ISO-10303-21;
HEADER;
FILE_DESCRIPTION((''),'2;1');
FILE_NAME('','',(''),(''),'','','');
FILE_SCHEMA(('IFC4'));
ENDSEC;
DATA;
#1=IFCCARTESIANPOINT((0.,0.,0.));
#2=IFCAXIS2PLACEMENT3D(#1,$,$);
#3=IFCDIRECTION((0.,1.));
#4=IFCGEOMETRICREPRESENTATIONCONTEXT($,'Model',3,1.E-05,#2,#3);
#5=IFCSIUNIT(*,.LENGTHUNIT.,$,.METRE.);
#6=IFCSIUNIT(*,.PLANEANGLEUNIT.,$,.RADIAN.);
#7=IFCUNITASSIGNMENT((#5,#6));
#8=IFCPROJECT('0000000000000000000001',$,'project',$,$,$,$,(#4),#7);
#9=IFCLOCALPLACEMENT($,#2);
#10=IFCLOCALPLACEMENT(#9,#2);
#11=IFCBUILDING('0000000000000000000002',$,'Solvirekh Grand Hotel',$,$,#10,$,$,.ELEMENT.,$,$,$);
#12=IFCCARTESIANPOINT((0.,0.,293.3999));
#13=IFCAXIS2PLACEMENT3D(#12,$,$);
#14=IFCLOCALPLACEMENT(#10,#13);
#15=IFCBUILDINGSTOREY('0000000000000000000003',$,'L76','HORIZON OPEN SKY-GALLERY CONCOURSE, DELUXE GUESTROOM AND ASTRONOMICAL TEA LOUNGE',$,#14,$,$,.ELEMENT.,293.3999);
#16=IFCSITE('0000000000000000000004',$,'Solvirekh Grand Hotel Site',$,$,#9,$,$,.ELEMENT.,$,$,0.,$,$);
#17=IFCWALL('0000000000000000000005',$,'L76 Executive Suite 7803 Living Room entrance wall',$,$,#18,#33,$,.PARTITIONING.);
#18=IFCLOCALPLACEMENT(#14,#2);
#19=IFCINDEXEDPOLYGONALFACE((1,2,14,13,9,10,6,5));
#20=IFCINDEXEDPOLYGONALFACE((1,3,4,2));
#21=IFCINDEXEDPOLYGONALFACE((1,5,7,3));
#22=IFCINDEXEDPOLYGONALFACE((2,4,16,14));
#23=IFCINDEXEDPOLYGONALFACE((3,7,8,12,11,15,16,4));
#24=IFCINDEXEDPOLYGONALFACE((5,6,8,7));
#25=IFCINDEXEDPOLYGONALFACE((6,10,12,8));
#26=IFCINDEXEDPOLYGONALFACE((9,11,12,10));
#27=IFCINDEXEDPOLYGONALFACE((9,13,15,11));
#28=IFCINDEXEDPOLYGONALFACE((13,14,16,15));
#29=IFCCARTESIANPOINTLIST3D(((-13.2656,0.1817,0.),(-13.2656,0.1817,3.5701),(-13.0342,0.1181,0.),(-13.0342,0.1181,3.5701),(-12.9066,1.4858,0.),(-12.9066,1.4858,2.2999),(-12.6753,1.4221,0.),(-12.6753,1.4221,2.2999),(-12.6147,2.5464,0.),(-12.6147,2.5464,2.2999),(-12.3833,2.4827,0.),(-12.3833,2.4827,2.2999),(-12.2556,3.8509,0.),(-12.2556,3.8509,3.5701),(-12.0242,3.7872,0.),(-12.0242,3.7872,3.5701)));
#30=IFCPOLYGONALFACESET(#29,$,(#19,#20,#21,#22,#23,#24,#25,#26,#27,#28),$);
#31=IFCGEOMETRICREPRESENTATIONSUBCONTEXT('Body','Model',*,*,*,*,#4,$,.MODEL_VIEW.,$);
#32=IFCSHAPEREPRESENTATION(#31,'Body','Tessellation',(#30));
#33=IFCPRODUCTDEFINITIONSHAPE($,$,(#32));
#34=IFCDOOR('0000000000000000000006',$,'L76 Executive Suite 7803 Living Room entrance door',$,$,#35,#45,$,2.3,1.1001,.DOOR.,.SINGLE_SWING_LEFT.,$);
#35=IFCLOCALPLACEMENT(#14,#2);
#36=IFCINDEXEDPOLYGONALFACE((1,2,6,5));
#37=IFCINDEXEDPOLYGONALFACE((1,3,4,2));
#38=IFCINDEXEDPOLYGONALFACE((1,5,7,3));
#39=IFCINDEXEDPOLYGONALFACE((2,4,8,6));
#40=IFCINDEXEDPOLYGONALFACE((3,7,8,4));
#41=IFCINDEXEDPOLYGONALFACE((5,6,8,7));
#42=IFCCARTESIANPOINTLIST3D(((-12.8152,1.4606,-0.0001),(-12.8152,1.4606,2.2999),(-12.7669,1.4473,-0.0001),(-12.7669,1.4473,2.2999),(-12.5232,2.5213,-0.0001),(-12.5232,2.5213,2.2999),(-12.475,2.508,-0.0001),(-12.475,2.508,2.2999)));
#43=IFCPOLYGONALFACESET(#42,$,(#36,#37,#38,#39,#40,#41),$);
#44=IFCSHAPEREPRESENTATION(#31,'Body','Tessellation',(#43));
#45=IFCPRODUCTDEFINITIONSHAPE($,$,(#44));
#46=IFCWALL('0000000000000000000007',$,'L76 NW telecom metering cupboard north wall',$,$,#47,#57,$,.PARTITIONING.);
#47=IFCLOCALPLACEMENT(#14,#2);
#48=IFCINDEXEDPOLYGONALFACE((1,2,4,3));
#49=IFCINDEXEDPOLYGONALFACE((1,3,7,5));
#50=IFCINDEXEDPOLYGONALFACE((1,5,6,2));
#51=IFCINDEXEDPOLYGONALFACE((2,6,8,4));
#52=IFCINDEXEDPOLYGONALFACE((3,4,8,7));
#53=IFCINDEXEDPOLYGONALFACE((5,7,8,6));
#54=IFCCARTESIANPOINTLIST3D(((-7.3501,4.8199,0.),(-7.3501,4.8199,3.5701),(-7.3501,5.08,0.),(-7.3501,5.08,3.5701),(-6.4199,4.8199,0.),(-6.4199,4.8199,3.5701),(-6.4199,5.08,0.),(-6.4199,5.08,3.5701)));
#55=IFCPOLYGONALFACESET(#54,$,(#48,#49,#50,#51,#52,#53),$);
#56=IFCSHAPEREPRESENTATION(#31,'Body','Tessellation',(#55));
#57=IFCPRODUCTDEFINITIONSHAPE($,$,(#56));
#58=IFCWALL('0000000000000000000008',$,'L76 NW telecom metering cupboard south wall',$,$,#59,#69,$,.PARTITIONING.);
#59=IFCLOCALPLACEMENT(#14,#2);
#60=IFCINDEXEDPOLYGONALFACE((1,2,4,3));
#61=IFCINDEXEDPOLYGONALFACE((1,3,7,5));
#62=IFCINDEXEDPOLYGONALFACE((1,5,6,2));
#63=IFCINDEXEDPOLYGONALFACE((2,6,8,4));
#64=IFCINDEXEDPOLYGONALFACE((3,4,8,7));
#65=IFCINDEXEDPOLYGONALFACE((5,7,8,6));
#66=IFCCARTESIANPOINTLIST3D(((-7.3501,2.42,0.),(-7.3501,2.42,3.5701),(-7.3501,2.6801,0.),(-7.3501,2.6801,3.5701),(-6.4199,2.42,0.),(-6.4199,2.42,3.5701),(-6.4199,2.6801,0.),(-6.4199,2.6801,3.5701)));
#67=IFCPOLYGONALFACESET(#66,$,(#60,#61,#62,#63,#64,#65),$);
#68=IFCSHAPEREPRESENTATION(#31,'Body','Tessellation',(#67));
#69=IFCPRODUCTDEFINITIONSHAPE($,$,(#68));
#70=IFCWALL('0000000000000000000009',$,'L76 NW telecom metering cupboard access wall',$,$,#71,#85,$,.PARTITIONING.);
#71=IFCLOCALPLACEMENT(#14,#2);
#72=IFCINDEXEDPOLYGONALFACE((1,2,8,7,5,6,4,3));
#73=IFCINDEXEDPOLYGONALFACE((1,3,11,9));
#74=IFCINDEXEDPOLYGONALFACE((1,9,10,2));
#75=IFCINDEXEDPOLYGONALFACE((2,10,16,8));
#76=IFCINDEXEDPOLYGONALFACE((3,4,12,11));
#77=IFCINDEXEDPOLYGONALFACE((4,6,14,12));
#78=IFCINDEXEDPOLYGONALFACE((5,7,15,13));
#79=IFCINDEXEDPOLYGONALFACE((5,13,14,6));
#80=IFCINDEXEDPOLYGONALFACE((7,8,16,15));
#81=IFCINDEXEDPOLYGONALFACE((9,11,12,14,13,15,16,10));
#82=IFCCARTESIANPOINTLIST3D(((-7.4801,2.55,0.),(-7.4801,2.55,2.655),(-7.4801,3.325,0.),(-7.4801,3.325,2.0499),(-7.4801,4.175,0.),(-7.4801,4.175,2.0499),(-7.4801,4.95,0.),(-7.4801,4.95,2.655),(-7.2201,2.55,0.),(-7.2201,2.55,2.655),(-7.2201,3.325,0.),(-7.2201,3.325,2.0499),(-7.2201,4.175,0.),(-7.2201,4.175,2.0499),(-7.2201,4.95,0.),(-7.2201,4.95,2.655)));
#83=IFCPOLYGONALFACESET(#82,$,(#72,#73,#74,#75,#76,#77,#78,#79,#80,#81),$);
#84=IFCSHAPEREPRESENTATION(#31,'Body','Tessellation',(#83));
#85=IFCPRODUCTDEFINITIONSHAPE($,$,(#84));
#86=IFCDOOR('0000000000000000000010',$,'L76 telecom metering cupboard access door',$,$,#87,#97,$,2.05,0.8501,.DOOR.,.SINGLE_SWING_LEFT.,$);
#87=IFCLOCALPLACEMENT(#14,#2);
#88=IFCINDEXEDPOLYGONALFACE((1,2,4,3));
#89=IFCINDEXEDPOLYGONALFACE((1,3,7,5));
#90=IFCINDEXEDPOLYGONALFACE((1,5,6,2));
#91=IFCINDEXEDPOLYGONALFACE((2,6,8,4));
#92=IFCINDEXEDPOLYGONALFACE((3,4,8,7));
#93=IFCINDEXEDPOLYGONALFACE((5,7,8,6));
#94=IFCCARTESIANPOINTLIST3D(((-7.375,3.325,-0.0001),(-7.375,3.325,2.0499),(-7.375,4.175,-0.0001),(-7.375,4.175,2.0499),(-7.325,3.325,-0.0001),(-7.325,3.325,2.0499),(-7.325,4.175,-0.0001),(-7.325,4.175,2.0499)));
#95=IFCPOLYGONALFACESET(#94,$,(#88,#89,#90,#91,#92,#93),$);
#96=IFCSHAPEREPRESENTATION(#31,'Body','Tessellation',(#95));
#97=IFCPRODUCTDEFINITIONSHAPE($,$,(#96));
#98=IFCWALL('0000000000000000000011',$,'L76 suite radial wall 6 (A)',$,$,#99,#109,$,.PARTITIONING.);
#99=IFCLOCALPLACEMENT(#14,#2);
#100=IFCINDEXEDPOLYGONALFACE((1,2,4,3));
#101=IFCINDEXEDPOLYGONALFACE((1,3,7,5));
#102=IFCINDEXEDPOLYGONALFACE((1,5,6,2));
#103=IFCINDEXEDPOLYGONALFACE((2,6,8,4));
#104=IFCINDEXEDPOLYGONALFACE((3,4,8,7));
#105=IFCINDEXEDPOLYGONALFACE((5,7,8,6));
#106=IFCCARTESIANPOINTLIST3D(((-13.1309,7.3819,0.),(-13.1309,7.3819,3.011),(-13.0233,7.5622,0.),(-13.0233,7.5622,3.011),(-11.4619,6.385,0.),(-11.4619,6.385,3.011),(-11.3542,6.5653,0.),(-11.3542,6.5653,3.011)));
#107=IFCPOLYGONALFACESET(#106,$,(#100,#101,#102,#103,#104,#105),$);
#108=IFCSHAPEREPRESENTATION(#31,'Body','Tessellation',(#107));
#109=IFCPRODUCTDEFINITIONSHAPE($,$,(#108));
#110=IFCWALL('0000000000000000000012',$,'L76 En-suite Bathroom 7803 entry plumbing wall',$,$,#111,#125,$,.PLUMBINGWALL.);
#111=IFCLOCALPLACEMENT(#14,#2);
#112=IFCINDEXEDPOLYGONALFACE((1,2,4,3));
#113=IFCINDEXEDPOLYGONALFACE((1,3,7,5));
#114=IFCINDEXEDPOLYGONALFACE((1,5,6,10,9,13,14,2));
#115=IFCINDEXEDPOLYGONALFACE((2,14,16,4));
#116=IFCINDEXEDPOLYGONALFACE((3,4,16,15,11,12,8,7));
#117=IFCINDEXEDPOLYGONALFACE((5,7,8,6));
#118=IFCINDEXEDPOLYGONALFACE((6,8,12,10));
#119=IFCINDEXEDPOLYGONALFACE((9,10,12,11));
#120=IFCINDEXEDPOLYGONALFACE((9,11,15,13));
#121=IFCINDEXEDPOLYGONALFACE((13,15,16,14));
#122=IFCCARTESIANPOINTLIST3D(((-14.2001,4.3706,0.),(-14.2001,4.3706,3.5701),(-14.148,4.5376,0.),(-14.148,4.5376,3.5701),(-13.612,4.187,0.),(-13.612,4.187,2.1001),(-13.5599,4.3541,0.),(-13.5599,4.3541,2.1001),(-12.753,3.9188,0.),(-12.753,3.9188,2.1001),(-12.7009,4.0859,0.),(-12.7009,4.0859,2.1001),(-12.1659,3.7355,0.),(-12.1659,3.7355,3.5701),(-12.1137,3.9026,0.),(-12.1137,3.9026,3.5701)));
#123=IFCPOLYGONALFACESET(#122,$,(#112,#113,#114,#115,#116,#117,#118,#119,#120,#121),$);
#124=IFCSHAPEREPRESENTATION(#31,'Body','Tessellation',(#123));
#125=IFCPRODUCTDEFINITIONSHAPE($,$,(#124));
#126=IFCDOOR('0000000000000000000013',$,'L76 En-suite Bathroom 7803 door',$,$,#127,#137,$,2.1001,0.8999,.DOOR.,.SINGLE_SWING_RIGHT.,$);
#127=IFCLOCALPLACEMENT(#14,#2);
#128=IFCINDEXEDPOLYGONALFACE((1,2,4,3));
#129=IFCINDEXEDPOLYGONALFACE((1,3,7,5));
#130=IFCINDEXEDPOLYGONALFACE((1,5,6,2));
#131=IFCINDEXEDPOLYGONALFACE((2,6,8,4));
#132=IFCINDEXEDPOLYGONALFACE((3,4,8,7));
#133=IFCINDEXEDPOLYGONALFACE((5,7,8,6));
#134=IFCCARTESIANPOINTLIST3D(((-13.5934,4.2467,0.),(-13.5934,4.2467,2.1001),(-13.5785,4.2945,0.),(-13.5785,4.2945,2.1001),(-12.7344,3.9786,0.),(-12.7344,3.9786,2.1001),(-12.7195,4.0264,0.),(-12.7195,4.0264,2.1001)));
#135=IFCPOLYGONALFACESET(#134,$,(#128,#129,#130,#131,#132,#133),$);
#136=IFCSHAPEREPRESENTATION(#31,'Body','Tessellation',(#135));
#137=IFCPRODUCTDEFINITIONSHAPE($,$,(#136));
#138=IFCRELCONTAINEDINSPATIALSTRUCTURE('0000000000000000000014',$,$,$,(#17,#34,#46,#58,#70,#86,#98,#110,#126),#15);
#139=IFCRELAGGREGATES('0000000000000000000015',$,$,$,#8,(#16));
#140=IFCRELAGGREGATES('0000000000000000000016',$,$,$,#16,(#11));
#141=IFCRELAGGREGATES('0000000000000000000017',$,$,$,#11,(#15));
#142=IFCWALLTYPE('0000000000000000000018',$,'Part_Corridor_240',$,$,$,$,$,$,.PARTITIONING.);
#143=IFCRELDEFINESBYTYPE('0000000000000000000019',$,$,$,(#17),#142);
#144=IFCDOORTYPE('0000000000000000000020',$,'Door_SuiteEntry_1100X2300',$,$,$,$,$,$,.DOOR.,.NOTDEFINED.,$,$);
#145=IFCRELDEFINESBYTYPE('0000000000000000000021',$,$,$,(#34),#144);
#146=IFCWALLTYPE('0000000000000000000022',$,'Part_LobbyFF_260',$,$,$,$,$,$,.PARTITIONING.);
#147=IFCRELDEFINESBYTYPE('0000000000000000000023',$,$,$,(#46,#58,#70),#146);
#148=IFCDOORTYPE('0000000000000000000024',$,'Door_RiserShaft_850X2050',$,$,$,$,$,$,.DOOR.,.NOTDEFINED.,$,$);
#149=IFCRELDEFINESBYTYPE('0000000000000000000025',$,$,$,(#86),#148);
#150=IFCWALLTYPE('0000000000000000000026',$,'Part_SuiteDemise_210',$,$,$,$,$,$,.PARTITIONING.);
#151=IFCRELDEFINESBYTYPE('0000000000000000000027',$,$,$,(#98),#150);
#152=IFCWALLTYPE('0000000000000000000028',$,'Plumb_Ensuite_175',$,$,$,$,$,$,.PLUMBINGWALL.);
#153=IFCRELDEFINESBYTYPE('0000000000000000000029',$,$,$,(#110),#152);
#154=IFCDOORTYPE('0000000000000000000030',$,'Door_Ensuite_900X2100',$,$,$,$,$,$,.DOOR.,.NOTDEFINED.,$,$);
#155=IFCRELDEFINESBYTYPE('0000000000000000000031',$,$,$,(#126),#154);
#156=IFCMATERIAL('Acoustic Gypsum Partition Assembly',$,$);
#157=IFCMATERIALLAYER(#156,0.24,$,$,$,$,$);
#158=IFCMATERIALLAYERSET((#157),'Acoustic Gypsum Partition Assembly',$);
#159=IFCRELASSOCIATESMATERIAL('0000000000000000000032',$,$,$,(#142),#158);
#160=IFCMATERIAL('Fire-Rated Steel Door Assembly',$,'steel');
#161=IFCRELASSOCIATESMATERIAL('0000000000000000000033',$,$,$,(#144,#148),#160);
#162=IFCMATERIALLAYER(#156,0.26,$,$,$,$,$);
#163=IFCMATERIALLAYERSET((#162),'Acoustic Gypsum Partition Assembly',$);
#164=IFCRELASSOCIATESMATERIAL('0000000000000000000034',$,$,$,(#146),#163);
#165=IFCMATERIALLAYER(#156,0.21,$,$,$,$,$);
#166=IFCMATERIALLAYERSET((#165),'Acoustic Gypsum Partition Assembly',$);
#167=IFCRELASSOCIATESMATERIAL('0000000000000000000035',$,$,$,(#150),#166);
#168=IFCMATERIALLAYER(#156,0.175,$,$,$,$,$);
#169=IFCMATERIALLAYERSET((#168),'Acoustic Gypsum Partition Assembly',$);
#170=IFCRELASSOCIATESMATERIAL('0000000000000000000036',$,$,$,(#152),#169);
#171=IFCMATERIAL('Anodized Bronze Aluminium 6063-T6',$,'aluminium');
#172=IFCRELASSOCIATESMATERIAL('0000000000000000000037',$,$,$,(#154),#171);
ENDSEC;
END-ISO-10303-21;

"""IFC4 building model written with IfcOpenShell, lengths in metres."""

from ifc_helpers import new_model, si_unit, direction, frame, frame_2d, origin, place, context, subcontext, project, spatial, rectangle, extrude, material, layer, layer_set, type_object, element, fill, save


model = new_model("IFC4")

# Units and contexts
model_context = context("Model", 3, precision=1e-05, world=origin(), true_north=direction((0.0, 1.0)))
body_context = subcontext(model_context, "Body", "Model", "MODEL_VIEW")
ifc_project = project(units=[si_unit("LENGTHUNIT", "METRE"), si_unit("PLANEANGLEUNIT", "RADIAN")], contexts=[model_context])

# Site, building, storey
site_placement = place(None, origin())
site = spatial("IfcSite", under=ifc_project, at=site_placement, Name="Solvirekh Grand Hotel Site", CompositionType="ELEMENT", RefElevation=0.0)
building_placement = place(site_placement, origin())
building = spatial("IfcBuilding", under=site, at=building_placement, Name="Solvirekh Grand Hotel", CompositionType="ELEMENT")
storey_placement = place(building_placement, frame((0.0, 0.0, 293.3999)))
storey = spatial("IfcBuildingStorey", under=building, at=storey_placement, Name="L76", Description="HORIZON OPEN SKY-GALLERY CONCOURSE, DELUXE GUESTROOM AND ASTRONOMICAL TEA LOUNGE", CompositionType="ELEMENT", Elevation=293.3999)

# Shared definitions
ifc_material_1 = material(Name="Anodized Bronze Aluminium 6063-T6", Category="aluminium")

# Shared definitions
ifc_material_2 = material(Name="Acoustic Gypsum Partition Assembly")
ifc_layer_1 = layer(ifc_material_2, 0.24)
ifc_layer_set_1 = layer_set([ifc_layer_1], Name="Acoustic Gypsum Partition Assembly")
wall_type_1 = type_object("IfcWallType", Name="Part_Corridor_240", PredefinedType="PARTITIONING", material=ifc_layer_set_1)
ifc_material_3 = material(Name="Fire-Rated Steel Door Assembly", Category="steel")

# Wall, opening, door
wall_1_placement = place(storey_placement, frame((-12.1399, 3.8191, 0.0), z_axis=(0.0, 0.0, 1.0), x_axis=(-0.265397, -0.964139, 0.0)))
wall_1 = element("IfcWall", 1, at=wall_1_placement, inside=storey, type_object=wall_type_1, Name="L76 Executive Suite 7803 Living Room entrance wall", PredefinedType="PARTITIONING", context=body_context, shape_type="SweptSolid", body=[
    extrude(rectangle(XDim=3.8057, YDim=0.24, at=frame_2d((1.9028, 0.0))), origin(), (0.0, 0.0, 1.0), 3.5701),
])
opening_1_placement = place(wall_1_placement, frame((1.353, 0.0, 0.0)))
opening_1 = element("IfcOpeningElement", 2, at=opening_1_placement, cuts=wall_1, PredefinedType="OPENING", context=body_context, shape_type="SweptSolid", body=[
    extrude(rectangle(XDim=1.1001, YDim=2.3, at=frame_2d((0.55, 1.1499))), frame((0.0, 0.1299, 0.0), z_axis=(0.0, -1.0, 0.0), x_axis=(1.0, 0.0, 0.0)), (0.0, 0.0, 1.0), 0.26),
])
door_type_1 = type_object("IfcDoorType", Name="Door_SuiteEntry_1100X2300", OperationType="NOTDEFINED", PredefinedType="DOOR", material=ifc_material_3)
door_1_placement = place(opening_1_placement, origin())
door_1 = element("IfcDoor", 3, at=door_1_placement, inside=storey, type_object=door_type_1, Name="L76 Executive Suite 7803 Living Room entrance door", OperationType="SINGLE_SWING_LEFT", OverallHeight=2.3, OverallWidth=1.1001, PredefinedType="DOOR", context=body_context, shape_type="SweptSolid", body=[
    extrude(rectangle(XDim=1.1001, YDim=2.3, at=frame_2d((0.55, 1.1499))), frame((0.0, 0.0249, 0.0), z_axis=(0.0, -1.0, 0.0), x_axis=(1.0, 0.0, 0.0)), (0.0, 0.0, 1.0), 0.05),
])
fill(opening_1, door_1)

# Walls
ifc_layer_2 = layer(ifc_material_2, 0.26)
ifc_layer_set_2 = layer_set([ifc_layer_2], Name="Acoustic Gypsum Partition Assembly")
wall_type_2 = type_object("IfcWallType", Name="Part_LobbyFF_260", PredefinedType="PARTITIONING", material=ifc_layer_set_2)
for number, where, z_axis, x_axis, name in (
    (4, (-7.3501, 4.95, 0.0), (0.0, 0.0, 1.0), (1.0, 0.0, 0.0), "L76 NW telecom metering cupboard north wall"),
    (5, (-7.3501, 2.55, 0.0), (0.0, 0.0, 1.0), (1.0, 0.0, 0.0), "L76 NW telecom metering cupboard south wall"),
):
    element("IfcWall", number, at=place(storey_placement, frame(where, z_axis=z_axis, x_axis=x_axis)), inside=storey, type_object=wall_type_2, Name=name, PredefinedType="PARTITIONING", context=body_context, shape_type="SweptSolid", body=[
        extrude(rectangle(XDim=0.9302, YDim=0.26, at=frame_2d((0.4651, 0.0))), origin(), (0.0, 0.0, 1.0), 3.5701),
    ])

# Wall, opening, door
wall_2_placement = place(storey_placement, frame((-7.3501, 2.55, 0.0), z_axis=(0.0, 0.0, 1.0), x_axis=(0.0, 1.0, 0.0)))
wall_2 = element("IfcWall", 6, at=wall_2_placement, inside=storey, type_object=wall_type_2, Name="L76 NW telecom metering cupboard access wall", PredefinedType="PARTITIONING", context=body_context, shape_type="SweptSolid", body=[
    extrude(rectangle(XDim=2.3999, YDim=0.26, at=frame_2d((1.2, 0.0))), origin(), (0.0, 0.0, 1.0), 2.655),
])
opening_2_placement = place(wall_2_placement, frame((0.7749, 0.0, 0.0)))
opening_2 = element("IfcOpeningElement", 7, at=opening_2_placement, cuts=wall_2, PredefinedType="OPENING", context=body_context, shape_type="SweptSolid", body=[
    extrude(rectangle(XDim=0.8501, YDim=2.05, at=frame_2d((0.425, 1.0249))), frame((0.0, 0.1401, 0.0), z_axis=(0.0, -1.0, 0.0), x_axis=(1.0, 0.0, 0.0)), (0.0, 0.0, 1.0), 0.28),
])
door_type_2 = type_object("IfcDoorType", Name="Door_RiserShaft_850X2050", OperationType="NOTDEFINED", PredefinedType="DOOR", material=ifc_material_3)
door_2_placement = place(opening_2_placement, origin())
door_2 = element("IfcDoor", 8, at=door_2_placement, inside=storey, type_object=door_type_2, Name="L76 telecom metering cupboard access door", OperationType="SINGLE_SWING_LEFT", OverallHeight=2.05, OverallWidth=0.8501, PredefinedType="DOOR", context=body_context, shape_type="SweptSolid", body=[
    extrude(rectangle(XDim=0.8501, YDim=2.05, at=frame_2d((0.425, 1.0249))), frame((0.0, 0.0249, 0.0), z_axis=(0.0, -1.0, 0.0), x_axis=(1.0, 0.0, 0.0)), (0.0, 0.0, 1.0), 0.05),
])
fill(opening_2, door_2)

# Wall
ifc_layer_3 = layer(ifc_material_2, 0.21)
ifc_layer_set_3 = layer_set([ifc_layer_3], Name="Acoustic Gypsum Partition Assembly")
wall_type_3 = type_object("IfcWallType", Name="Part_SuiteDemise_210", PredefinedType="PARTITIONING", material=ifc_layer_set_3)
wall_3_placement = place(storey_placement, frame((-11.408, 6.4751, 0.0), z_axis=(0.0, 0.0, 1.0), x_axis=(-0.858522, 0.512777, 0.0)))
element("IfcWall", 9, at=wall_3_placement, inside=storey, type_object=wall_type_3, Name="L76 suite radial wall 6 (A)", PredefinedType="PARTITIONING", context=body_context, shape_type="SweptSolid", body=[
    extrude(rectangle(XDim=1.9441, YDim=0.21, at=frame_2d((0.9722, 0.0))), origin(), (0.0, 0.0, 1.0), 3.011),
])

# Wall, opening, door
ifc_layer_4 = layer(ifc_material_2, 0.175)
ifc_layer_set_4 = layer_set([ifc_layer_4], Name="Acoustic Gypsum Partition Assembly")
wall_type_4 = type_object("IfcWallType", Name="Plumb_Ensuite_175", PredefinedType="PLUMBINGWALL", material=ifc_layer_set_4)
wall_4_placement = place(storey_placement, frame((-12.1399, 3.8191, 0.0), z_axis=(0.0, 0.0, 1.0), x_axis=(-0.95457, 0.297988, 0.0)))
wall_4 = element("IfcWall", 10, at=wall_4_placement, inside=storey, type_object=wall_type_4, Name="L76 En-suite Bathroom 7803 entry plumbing wall", PredefinedType="PLUMBINGWALL", context=body_context, shape_type="SweptSolid", body=[
    extrude(rectangle(XDim=2.1311, YDim=0.175, at=frame_2d((1.0654, 0.0))), origin(), (0.0, 0.0, 1.0), 3.5701),
])
opening_3_placement = place(wall_4_placement, frame((0.615, 0.0, 0.0)))
opening_3 = element("IfcOpeningElement", 11, at=opening_3_placement, cuts=wall_4, PredefinedType="OPENING", context=body_context, shape_type="SweptSolid", body=[
    extrude(rectangle(XDim=0.8999, YDim=2.1001, at=frame_2d((0.45, 1.05))), frame((0.0, 0.0977, 0.0), z_axis=(0.0, -1.0, 0.0), x_axis=(1.0, 0.0, 0.0)), (0.0, 0.0, 1.0), 0.1951),
])
door_type_3 = type_object("IfcDoorType", Name="Door_Ensuite_900X2100", OperationType="NOTDEFINED", PredefinedType="DOOR", material=ifc_material_1)
door_3_placement = place(opening_3_placement, origin())
door_3 = element("IfcDoor", 12, at=door_3_placement, inside=storey, type_object=door_type_3, Name="L76 En-suite Bathroom 7803 door", OperationType="SINGLE_SWING_RIGHT", OverallHeight=2.1001, OverallWidth=0.8999, PredefinedType="DOOR", context=body_context, shape_type="SweptSolid", body=[
    extrude(rectangle(XDim=0.8999, YDim=2.1001, at=frame_2d((0.45, 1.05))), frame((0.0, 0.0249, 0.0), z_axis=(0.0, -1.0, 0.0), x_axis=(1.0, 0.0, 0.0)), (0.0, 0.0, 1.0), 0.05),
])
fill(opening_3, door_3)

save(model, "model.ifc")
